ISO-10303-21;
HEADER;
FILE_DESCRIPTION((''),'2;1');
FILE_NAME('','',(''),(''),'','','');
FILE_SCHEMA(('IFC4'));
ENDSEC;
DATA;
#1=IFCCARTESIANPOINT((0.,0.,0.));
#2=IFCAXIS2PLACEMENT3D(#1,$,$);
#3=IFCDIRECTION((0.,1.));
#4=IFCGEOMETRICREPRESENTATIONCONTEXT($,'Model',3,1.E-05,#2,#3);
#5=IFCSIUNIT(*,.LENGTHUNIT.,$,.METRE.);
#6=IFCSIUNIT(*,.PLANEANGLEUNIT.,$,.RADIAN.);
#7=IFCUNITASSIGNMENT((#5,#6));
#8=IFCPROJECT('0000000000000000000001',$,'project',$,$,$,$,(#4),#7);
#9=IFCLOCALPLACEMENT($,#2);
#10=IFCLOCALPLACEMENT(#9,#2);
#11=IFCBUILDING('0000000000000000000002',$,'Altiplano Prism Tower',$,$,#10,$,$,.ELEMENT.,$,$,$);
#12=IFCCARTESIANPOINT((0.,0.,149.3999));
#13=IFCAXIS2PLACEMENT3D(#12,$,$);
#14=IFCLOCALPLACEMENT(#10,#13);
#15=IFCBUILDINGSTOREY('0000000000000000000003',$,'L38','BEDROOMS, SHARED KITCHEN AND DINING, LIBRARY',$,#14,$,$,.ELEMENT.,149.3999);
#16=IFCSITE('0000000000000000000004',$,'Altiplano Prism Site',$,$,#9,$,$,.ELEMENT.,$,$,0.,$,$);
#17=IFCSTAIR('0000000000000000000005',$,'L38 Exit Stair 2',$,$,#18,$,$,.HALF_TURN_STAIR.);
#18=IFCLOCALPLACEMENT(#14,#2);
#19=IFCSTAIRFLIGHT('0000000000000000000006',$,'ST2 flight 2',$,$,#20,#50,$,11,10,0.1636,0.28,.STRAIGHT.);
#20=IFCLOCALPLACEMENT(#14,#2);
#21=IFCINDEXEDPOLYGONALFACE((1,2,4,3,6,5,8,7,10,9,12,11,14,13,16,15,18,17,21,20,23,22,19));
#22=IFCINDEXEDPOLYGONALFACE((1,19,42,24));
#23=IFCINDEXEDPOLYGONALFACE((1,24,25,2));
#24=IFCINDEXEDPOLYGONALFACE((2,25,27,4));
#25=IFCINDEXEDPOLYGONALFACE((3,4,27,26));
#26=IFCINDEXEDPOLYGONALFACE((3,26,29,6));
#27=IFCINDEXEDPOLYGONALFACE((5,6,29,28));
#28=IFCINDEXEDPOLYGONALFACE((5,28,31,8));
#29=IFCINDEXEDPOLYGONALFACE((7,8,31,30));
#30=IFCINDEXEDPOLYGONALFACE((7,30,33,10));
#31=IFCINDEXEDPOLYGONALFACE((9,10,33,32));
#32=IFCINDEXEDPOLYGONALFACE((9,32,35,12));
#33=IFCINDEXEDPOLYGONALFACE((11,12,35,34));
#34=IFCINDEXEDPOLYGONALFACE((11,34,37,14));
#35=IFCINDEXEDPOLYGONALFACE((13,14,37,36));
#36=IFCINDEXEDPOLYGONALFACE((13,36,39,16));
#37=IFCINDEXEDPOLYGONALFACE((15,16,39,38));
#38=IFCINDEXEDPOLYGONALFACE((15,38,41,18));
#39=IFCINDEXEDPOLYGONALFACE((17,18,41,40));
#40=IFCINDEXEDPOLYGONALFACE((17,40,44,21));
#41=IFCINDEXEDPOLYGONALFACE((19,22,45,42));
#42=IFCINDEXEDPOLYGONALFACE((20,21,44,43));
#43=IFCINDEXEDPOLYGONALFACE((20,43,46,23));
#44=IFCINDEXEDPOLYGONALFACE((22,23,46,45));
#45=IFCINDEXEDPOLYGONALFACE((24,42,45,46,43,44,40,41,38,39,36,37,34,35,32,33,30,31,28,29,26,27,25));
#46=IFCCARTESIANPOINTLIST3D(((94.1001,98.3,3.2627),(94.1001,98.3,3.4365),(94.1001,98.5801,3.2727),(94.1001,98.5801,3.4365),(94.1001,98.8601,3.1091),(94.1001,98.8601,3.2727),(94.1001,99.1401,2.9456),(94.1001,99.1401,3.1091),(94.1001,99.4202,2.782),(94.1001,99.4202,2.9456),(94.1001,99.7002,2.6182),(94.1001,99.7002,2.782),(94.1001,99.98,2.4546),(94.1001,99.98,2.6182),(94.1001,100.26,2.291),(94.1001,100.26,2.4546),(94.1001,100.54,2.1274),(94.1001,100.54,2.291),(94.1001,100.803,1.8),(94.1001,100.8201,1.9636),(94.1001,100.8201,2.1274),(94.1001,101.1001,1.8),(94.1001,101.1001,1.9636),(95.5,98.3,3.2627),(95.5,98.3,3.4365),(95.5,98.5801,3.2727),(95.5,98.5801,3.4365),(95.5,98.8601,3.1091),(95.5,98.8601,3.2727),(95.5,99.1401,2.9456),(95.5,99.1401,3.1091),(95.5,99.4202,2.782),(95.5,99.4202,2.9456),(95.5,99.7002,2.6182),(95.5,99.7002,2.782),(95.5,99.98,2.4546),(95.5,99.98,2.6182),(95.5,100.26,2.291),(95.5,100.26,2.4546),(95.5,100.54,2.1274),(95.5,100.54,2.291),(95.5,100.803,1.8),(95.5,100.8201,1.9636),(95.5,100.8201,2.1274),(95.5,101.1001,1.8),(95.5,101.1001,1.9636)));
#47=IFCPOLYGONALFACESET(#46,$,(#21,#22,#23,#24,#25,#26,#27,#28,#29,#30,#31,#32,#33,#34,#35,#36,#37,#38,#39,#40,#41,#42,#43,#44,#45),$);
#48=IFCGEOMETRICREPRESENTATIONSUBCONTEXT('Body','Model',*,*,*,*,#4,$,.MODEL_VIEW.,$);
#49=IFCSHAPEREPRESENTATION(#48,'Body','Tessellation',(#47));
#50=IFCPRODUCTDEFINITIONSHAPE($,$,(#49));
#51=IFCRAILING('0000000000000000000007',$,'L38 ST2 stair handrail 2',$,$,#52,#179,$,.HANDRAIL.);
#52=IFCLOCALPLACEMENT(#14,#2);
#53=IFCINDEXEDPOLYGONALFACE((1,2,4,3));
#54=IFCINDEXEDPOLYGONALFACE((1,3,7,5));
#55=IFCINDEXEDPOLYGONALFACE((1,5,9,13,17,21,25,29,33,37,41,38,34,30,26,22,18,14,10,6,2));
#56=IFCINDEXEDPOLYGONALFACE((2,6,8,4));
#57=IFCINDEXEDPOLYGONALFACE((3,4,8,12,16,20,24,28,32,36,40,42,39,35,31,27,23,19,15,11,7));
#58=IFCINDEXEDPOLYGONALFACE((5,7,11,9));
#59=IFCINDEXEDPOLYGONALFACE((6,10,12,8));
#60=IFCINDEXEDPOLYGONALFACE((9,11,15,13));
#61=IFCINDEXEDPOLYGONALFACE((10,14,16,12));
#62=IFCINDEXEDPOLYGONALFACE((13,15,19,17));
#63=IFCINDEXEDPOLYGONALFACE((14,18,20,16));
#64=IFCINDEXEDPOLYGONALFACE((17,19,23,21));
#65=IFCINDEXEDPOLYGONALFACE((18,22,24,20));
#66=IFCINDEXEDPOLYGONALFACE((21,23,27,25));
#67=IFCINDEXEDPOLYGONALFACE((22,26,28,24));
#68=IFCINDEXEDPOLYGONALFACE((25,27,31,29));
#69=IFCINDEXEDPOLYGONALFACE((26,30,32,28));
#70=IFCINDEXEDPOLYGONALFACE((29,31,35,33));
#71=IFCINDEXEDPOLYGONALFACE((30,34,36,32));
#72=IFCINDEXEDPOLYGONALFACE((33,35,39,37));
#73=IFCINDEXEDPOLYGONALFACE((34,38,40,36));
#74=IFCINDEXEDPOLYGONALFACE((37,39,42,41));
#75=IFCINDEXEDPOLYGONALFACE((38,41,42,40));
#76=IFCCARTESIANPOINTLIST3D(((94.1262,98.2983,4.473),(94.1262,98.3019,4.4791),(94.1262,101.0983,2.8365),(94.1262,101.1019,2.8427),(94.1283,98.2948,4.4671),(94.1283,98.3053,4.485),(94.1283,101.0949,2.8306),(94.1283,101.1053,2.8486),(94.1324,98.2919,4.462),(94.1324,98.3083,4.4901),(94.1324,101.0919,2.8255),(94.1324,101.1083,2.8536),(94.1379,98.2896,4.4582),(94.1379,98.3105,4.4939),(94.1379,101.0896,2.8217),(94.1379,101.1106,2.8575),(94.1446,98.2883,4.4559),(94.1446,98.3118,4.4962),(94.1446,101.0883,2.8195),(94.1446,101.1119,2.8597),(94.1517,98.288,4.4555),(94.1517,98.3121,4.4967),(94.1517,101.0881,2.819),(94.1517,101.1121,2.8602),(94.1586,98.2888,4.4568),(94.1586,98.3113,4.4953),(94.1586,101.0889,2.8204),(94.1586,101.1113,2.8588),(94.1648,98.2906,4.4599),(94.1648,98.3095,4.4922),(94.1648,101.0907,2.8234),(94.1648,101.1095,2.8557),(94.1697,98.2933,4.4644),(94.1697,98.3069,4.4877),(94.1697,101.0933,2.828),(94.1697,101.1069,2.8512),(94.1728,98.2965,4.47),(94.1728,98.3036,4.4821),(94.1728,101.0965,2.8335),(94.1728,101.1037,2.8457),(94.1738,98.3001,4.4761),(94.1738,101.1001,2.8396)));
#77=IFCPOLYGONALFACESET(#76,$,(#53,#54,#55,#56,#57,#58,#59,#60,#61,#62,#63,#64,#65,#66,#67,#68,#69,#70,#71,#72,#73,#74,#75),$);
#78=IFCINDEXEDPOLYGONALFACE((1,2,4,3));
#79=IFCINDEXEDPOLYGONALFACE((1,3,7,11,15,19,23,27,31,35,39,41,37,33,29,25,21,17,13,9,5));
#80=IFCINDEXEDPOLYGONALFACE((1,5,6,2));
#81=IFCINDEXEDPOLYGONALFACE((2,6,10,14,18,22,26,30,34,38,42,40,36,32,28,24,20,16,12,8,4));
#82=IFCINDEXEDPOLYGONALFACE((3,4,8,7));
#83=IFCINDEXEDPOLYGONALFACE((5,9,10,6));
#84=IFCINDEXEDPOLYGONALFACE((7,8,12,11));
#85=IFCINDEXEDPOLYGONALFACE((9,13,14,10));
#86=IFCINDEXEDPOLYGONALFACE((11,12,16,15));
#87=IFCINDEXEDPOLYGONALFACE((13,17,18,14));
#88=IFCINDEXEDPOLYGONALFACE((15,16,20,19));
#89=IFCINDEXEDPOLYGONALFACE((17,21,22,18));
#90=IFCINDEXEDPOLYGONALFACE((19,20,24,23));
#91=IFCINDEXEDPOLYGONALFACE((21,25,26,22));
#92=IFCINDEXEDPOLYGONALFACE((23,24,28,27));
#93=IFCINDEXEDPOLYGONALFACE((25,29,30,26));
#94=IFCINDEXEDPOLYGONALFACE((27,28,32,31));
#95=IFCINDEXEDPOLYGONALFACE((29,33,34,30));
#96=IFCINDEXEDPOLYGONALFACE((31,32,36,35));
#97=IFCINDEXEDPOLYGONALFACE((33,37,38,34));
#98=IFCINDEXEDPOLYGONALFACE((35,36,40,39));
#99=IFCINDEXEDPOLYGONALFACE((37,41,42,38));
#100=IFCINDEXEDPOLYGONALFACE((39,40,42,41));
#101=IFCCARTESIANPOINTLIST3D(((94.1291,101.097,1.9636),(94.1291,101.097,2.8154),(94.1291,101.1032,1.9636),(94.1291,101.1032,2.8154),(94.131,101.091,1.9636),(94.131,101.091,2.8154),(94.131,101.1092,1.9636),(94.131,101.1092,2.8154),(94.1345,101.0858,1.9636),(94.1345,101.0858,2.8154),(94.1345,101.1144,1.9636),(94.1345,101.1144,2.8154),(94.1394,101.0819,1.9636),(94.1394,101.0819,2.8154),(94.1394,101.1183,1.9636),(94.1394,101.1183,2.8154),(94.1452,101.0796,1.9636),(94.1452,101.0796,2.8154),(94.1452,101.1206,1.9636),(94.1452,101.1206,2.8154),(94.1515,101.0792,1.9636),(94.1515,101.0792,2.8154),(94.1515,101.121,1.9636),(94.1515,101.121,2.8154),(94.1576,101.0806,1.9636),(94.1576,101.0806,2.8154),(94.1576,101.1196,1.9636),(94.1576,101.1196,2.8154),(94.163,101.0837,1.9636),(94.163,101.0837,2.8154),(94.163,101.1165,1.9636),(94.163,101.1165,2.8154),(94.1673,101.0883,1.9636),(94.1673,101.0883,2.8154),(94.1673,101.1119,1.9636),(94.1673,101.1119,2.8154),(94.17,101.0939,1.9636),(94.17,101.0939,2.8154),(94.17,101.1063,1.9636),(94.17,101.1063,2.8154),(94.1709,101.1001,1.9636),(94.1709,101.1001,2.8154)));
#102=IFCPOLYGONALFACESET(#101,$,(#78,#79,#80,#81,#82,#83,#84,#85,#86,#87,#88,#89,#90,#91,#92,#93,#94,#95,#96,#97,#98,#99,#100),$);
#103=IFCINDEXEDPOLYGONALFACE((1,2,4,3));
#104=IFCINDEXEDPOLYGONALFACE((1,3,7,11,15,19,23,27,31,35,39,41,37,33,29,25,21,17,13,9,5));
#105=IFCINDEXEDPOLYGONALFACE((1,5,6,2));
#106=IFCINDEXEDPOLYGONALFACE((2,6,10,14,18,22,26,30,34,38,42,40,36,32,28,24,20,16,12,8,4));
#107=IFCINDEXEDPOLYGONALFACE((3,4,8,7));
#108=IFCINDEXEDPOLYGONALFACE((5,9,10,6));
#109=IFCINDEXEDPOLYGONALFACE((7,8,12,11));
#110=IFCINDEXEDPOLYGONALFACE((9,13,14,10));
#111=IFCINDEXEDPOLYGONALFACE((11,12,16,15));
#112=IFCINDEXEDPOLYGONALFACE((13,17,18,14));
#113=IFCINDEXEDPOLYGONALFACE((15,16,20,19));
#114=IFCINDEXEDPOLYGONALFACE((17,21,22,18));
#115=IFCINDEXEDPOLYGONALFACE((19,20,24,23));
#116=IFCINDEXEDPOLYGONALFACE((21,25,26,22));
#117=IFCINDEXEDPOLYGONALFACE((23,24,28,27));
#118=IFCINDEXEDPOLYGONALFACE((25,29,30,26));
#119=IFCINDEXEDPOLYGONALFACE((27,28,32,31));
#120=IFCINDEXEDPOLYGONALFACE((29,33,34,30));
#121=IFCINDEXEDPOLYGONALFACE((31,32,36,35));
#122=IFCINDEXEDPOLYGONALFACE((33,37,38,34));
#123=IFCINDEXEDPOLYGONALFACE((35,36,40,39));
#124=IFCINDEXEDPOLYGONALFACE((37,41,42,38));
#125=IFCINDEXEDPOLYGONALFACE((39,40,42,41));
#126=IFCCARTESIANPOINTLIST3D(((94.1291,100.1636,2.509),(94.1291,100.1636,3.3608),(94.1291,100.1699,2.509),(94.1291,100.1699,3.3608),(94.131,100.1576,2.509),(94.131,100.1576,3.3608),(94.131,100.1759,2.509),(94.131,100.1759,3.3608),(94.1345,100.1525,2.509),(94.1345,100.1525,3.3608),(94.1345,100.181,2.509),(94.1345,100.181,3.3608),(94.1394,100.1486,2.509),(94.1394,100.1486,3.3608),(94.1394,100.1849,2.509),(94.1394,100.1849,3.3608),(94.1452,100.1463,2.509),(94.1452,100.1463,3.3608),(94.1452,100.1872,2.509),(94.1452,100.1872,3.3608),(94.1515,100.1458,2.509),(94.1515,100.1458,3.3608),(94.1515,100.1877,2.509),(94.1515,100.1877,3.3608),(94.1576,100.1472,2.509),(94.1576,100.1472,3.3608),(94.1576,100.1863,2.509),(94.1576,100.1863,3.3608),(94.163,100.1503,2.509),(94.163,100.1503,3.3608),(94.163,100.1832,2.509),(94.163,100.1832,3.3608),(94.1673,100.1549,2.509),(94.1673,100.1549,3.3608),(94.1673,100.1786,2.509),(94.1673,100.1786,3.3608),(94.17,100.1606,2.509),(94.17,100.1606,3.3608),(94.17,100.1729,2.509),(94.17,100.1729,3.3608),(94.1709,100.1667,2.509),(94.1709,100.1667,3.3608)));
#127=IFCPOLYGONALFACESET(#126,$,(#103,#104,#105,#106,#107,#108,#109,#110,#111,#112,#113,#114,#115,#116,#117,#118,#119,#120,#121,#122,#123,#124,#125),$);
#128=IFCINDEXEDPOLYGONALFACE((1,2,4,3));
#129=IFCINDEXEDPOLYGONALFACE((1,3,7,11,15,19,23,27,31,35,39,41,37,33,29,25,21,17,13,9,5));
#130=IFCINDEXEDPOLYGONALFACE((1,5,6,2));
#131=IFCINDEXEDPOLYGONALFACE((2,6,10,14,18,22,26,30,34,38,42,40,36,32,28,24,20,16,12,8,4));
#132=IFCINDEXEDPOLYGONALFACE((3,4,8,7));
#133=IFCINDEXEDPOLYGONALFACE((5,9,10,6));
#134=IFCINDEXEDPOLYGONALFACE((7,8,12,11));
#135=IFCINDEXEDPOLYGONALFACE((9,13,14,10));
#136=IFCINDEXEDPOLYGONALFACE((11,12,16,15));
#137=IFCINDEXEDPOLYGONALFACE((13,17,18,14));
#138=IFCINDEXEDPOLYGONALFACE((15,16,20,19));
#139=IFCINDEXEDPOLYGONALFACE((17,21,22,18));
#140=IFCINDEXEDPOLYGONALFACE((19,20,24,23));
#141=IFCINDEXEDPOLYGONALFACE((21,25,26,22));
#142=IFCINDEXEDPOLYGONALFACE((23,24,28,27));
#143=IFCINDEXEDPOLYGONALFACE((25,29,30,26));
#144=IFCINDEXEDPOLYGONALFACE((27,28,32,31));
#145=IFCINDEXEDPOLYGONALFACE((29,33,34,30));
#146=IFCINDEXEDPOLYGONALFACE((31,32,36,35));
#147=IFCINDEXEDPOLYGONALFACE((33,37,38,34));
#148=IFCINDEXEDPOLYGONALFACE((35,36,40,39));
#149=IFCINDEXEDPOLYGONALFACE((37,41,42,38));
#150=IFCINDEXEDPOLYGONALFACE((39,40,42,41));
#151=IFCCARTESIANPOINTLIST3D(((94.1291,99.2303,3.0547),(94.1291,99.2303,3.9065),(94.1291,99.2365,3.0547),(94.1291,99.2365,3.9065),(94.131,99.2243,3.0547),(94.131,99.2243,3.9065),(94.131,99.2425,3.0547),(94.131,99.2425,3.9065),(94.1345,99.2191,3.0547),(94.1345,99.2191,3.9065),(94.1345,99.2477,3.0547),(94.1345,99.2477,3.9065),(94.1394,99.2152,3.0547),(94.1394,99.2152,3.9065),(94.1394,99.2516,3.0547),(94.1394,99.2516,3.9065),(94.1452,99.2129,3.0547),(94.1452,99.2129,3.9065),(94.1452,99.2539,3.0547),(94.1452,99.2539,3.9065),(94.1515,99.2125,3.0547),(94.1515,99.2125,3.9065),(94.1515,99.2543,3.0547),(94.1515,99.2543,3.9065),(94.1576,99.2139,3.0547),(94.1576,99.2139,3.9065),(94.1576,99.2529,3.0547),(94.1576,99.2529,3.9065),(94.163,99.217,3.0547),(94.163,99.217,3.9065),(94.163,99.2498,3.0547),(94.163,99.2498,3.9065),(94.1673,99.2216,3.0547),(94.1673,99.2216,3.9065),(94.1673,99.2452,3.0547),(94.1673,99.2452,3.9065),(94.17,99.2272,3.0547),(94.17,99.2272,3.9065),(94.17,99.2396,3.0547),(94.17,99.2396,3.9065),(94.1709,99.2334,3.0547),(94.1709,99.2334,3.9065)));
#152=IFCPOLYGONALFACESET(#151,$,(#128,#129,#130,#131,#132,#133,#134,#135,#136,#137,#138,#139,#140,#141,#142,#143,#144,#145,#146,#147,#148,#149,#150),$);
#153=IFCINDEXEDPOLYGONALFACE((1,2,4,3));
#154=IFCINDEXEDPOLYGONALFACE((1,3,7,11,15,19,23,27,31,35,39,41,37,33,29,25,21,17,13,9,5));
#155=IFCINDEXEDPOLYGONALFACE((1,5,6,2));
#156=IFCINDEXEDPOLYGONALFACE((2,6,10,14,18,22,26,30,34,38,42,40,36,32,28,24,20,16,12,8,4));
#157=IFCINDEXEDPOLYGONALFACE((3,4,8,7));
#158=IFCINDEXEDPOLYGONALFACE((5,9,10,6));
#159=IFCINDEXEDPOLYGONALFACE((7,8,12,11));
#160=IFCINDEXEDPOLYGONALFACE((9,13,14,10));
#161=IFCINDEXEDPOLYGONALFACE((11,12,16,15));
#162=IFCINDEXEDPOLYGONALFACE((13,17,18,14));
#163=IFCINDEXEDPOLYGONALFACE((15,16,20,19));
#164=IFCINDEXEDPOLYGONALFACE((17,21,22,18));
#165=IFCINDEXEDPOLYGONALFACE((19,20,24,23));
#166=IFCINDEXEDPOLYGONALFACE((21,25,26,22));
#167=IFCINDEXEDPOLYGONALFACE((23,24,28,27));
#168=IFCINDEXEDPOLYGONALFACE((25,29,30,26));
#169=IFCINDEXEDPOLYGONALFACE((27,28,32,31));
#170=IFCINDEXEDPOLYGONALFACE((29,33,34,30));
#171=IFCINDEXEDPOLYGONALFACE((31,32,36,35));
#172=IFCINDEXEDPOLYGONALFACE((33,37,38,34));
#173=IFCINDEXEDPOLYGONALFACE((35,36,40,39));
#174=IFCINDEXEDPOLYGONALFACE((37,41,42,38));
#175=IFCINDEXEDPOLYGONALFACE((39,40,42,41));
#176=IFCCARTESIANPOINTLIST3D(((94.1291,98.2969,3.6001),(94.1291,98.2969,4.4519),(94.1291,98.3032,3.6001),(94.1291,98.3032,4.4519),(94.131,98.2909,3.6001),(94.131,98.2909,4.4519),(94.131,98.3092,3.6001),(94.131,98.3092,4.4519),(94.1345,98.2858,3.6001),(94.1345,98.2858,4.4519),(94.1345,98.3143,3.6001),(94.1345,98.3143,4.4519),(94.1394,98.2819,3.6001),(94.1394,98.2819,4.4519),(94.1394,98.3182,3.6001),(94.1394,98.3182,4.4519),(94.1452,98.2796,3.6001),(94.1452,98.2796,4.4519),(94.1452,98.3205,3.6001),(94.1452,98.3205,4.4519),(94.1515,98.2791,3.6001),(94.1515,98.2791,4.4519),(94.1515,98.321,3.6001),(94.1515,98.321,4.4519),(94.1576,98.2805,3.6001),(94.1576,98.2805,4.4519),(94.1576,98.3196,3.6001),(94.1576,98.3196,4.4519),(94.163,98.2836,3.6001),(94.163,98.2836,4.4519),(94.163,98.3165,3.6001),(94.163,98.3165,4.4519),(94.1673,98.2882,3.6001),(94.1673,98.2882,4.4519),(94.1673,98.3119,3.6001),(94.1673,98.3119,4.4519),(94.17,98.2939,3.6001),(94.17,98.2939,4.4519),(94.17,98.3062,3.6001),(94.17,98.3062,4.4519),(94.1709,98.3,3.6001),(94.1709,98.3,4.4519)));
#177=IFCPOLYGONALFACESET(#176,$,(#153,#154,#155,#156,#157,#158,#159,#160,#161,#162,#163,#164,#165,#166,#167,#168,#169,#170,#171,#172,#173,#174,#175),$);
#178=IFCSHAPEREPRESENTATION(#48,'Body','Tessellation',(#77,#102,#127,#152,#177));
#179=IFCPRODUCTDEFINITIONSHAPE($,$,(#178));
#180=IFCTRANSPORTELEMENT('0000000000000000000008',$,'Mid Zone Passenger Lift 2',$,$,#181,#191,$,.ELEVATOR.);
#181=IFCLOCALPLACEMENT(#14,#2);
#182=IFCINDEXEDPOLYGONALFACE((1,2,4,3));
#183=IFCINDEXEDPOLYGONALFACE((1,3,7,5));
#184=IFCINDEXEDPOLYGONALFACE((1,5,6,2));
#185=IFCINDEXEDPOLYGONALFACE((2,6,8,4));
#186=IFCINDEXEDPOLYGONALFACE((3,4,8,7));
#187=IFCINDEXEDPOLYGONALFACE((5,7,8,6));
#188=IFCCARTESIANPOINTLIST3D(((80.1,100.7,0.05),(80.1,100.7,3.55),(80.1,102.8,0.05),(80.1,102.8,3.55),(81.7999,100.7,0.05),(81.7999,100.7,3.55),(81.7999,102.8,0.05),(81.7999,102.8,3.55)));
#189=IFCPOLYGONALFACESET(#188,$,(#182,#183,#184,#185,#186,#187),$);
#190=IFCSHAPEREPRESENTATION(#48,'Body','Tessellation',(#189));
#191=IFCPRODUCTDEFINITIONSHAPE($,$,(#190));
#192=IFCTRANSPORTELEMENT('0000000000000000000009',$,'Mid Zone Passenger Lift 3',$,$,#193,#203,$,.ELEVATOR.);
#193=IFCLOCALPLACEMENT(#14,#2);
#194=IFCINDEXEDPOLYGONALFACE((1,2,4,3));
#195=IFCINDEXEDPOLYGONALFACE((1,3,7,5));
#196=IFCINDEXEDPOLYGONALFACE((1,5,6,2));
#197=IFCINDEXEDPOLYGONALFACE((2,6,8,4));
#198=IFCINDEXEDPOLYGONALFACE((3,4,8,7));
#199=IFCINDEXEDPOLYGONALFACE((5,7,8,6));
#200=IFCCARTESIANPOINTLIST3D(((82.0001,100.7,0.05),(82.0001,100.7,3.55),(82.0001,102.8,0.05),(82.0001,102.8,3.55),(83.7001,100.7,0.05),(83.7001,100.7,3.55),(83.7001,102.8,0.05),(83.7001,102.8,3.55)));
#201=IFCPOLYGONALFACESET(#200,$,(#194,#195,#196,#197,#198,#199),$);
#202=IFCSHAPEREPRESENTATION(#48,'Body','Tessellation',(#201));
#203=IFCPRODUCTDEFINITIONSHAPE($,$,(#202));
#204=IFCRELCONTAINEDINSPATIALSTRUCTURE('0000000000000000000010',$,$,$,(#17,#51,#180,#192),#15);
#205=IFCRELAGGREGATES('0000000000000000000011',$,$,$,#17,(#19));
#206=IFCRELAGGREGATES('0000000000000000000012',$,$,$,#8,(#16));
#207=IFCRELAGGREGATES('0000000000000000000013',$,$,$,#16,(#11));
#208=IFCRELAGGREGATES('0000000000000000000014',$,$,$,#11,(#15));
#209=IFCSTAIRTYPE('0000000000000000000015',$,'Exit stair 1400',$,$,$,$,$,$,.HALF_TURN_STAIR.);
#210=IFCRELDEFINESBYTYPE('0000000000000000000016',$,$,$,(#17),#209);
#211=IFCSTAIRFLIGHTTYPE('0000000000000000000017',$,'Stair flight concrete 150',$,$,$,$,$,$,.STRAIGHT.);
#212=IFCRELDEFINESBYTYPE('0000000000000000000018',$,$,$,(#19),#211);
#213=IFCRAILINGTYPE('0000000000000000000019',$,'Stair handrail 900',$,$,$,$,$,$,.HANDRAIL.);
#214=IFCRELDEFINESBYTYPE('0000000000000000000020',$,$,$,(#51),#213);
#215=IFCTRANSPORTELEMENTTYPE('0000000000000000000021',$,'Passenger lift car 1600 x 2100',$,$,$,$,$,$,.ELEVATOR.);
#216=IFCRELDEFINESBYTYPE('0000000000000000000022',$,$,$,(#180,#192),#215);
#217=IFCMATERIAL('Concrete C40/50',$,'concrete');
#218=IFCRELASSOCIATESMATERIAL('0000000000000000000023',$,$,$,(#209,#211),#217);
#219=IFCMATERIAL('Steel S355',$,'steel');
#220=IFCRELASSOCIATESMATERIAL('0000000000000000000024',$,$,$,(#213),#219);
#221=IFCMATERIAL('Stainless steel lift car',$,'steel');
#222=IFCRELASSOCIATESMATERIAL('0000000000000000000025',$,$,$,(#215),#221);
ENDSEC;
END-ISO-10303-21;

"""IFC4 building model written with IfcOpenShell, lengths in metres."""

from ifc_helpers import new_model, si_unit, direction, frame, origin, origin_2d, place, context, subcontext, project, spatial, polyline, rectangle, circle, outline, extrude, material, type_object, element, aggregate, save


model = new_model("IFC4")

# Units and contexts
model_context = context("Model", 3, precision=1e-05, world=origin(), true_north=direction((0.0, 1.0)))
body_context = subcontext(model_context, "Body", "Model", "MODEL_VIEW")
ifc_project = project(units=[si_unit("LENGTHUNIT", "METRE"), si_unit("PLANEANGLEUNIT", "RADIAN")], contexts=[model_context])

# Site, building, storey
site_placement = place(None, origin())
site = spatial("IfcSite", under=ifc_project, at=site_placement, Name="Altiplano Prism Site", CompositionType="ELEMENT", RefElevation=0.0)
building_placement = place(site_placement, origin())
building = spatial("IfcBuilding", under=site, at=building_placement, Name="Altiplano Prism Tower", CompositionType="ELEMENT")
storey_placement = place(building_placement, frame((0.0, 0.0, 149.3999)))
storey = spatial("IfcBuildingStorey", under=building, at=storey_placement, Name="L38", Description="BEDROOMS, SHARED KITCHEN AND DINING, LIBRARY", CompositionType="ELEMENT", Elevation=149.3999)

# Stair, stair flight
ifc_material_1 = material(Name="Concrete C40/50", Category="concrete")
stair_type = type_object("IfcStairType", Name="Exit stair 1400", PredefinedType="HALF_TURN_STAIR", material=ifc_material_1)
stair_placement = place(storey_placement, origin())
stair = element("IfcStair", 1, at=stair_placement, inside=storey, type_object=stair_type, Name="L38 Exit Stair 2", PredefinedType="HALF_TURN_STAIR")
stair_flight_type = type_object("IfcStairFlightType", Name="Stair flight concrete 150", PredefinedType="STRAIGHT", material=ifc_material_1)
stair_flight_placement = place(storey_placement, frame((94.8, 101.1001, 1.8), z_axis=(0.0, 0.0, 1.0), x_axis=(0.0, -1.0, 0.0)))
stair_flight = element("IfcStairFlight", 2, at=stair_flight_placement, type_object=stair_flight_type, Name="ST2 flight 2", NumberOfRisers=11, NumberOfTreads=10, PredefinedType="STRAIGHT", RiserHeight=0.1636, TreadLength=0.28, context=body_context, shape_type="SweptSolid", body=[
    extrude(outline(polyline([(0.0, 0.0), (0.0, 0.1636), (0.28, 0.1636), (0.28, 0.3274), (0.5601, 0.3274), (0.5601, 0.491), (0.8401, 0.491), (0.8401, 0.6545), (1.1201, 0.6545), (1.1201, 0.8181), (1.3999, 0.8181), (1.3999, 0.9819), (1.6799, 0.9819), (1.6799, 1.1455), (1.96, 1.1455), (1.96, 1.3091), (2.24, 1.3091), (2.24, 1.4727), (2.52, 1.4727), (2.52, 1.6365), (2.8, 1.6365), (2.8, 1.8), (2.8, 1.4626), (0.2971, 0.0), (0.0, 0.0)])), frame((0.0, 0.7, 0.0), z_axis=(0.0, -1.0, 0.0), x_axis=(1.0, 0.0, 0.0)), (0.0, 0.0, 1.0), 1.3999),
])
aggregate(stair, [stair_flight])

# Railing
ifc_material_2 = material(Name="Steel S355", Category="steel")
railing_type = type_object("IfcRailingType", Name="Stair handrail 900", PredefinedType="HANDRAIL", material=ifc_material_2)
railing_placement = place(storey_placement, frame((94.1499, 101.1001, 1.9636)))
element("IfcRailing", 3, at=railing_placement, inside=storey, type_object=railing_type, Name="L38 ST2 stair handrail 2", PredefinedType="HANDRAIL", context=body_context, shape_type="SweptSolid", body=[
    extrude(circle(Radius=0.0239, at=origin_2d()), frame((0.0, 0.0, 0.876), z_axis=(0.0, -0.863361, 0.504587), x_axis=(1.0, 0.0, 0.0)), (0.0, 0.0, 1.0), 3.2432),
    extrude(circle(Radius=0.021, at=origin_2d()), origin(), (0.0, 0.0, 1.0), 0.8518),
    extrude(circle(Radius=0.021, at=origin_2d()), frame((0.0, -0.9333, 0.5454)), (0.0, 0.0, 1.0), 0.8518),
    extrude(circle(Radius=0.021, at=origin_2d()), frame((0.0, -1.8667, 1.0911)), (0.0, 0.0, 1.0), 0.8518),
    extrude(circle(Radius=0.021, at=origin_2d()), frame((0.0, -2.8, 1.6365)), (0.0, 0.0, 1.0), 0.8518),
])

# Transport elements
ifc_material_3 = material(Name="Stainless steel lift car", Category="steel")
transport_element_type = type_object("IfcTransportElementType", Name="Passenger lift car 1600 x 2100", PredefinedType="ELEVATOR", material=ifc_material_3)
for number, where, z_axis, x_axis, name in (
    (4, (80.95, 101.75, 0.05), (0.0, 0.0, 1.0), (1.0, 0.0, 0.0), "Mid Zone Passenger Lift 2"),
    (5, (82.8501, 101.75, 0.05), (0.0, 0.0, 1.0), (1.0, 0.0, 0.0), "Mid Zone Passenger Lift 3"),
):
    element("IfcTransportElement", number, at=place(storey_placement, frame(where, z_axis=z_axis, x_axis=x_axis)), inside=storey, type_object=transport_element_type, Name=name, PredefinedType="ELEVATOR", context=body_context, shape_type="SweptSolid", body=[
        extrude(rectangle(XDim=1.7, YDim=2.1001, at=origin_2d()), origin(), (0.0, 0.0, 1.0), 3.5),
    ])

save(model, "model.ifc")
